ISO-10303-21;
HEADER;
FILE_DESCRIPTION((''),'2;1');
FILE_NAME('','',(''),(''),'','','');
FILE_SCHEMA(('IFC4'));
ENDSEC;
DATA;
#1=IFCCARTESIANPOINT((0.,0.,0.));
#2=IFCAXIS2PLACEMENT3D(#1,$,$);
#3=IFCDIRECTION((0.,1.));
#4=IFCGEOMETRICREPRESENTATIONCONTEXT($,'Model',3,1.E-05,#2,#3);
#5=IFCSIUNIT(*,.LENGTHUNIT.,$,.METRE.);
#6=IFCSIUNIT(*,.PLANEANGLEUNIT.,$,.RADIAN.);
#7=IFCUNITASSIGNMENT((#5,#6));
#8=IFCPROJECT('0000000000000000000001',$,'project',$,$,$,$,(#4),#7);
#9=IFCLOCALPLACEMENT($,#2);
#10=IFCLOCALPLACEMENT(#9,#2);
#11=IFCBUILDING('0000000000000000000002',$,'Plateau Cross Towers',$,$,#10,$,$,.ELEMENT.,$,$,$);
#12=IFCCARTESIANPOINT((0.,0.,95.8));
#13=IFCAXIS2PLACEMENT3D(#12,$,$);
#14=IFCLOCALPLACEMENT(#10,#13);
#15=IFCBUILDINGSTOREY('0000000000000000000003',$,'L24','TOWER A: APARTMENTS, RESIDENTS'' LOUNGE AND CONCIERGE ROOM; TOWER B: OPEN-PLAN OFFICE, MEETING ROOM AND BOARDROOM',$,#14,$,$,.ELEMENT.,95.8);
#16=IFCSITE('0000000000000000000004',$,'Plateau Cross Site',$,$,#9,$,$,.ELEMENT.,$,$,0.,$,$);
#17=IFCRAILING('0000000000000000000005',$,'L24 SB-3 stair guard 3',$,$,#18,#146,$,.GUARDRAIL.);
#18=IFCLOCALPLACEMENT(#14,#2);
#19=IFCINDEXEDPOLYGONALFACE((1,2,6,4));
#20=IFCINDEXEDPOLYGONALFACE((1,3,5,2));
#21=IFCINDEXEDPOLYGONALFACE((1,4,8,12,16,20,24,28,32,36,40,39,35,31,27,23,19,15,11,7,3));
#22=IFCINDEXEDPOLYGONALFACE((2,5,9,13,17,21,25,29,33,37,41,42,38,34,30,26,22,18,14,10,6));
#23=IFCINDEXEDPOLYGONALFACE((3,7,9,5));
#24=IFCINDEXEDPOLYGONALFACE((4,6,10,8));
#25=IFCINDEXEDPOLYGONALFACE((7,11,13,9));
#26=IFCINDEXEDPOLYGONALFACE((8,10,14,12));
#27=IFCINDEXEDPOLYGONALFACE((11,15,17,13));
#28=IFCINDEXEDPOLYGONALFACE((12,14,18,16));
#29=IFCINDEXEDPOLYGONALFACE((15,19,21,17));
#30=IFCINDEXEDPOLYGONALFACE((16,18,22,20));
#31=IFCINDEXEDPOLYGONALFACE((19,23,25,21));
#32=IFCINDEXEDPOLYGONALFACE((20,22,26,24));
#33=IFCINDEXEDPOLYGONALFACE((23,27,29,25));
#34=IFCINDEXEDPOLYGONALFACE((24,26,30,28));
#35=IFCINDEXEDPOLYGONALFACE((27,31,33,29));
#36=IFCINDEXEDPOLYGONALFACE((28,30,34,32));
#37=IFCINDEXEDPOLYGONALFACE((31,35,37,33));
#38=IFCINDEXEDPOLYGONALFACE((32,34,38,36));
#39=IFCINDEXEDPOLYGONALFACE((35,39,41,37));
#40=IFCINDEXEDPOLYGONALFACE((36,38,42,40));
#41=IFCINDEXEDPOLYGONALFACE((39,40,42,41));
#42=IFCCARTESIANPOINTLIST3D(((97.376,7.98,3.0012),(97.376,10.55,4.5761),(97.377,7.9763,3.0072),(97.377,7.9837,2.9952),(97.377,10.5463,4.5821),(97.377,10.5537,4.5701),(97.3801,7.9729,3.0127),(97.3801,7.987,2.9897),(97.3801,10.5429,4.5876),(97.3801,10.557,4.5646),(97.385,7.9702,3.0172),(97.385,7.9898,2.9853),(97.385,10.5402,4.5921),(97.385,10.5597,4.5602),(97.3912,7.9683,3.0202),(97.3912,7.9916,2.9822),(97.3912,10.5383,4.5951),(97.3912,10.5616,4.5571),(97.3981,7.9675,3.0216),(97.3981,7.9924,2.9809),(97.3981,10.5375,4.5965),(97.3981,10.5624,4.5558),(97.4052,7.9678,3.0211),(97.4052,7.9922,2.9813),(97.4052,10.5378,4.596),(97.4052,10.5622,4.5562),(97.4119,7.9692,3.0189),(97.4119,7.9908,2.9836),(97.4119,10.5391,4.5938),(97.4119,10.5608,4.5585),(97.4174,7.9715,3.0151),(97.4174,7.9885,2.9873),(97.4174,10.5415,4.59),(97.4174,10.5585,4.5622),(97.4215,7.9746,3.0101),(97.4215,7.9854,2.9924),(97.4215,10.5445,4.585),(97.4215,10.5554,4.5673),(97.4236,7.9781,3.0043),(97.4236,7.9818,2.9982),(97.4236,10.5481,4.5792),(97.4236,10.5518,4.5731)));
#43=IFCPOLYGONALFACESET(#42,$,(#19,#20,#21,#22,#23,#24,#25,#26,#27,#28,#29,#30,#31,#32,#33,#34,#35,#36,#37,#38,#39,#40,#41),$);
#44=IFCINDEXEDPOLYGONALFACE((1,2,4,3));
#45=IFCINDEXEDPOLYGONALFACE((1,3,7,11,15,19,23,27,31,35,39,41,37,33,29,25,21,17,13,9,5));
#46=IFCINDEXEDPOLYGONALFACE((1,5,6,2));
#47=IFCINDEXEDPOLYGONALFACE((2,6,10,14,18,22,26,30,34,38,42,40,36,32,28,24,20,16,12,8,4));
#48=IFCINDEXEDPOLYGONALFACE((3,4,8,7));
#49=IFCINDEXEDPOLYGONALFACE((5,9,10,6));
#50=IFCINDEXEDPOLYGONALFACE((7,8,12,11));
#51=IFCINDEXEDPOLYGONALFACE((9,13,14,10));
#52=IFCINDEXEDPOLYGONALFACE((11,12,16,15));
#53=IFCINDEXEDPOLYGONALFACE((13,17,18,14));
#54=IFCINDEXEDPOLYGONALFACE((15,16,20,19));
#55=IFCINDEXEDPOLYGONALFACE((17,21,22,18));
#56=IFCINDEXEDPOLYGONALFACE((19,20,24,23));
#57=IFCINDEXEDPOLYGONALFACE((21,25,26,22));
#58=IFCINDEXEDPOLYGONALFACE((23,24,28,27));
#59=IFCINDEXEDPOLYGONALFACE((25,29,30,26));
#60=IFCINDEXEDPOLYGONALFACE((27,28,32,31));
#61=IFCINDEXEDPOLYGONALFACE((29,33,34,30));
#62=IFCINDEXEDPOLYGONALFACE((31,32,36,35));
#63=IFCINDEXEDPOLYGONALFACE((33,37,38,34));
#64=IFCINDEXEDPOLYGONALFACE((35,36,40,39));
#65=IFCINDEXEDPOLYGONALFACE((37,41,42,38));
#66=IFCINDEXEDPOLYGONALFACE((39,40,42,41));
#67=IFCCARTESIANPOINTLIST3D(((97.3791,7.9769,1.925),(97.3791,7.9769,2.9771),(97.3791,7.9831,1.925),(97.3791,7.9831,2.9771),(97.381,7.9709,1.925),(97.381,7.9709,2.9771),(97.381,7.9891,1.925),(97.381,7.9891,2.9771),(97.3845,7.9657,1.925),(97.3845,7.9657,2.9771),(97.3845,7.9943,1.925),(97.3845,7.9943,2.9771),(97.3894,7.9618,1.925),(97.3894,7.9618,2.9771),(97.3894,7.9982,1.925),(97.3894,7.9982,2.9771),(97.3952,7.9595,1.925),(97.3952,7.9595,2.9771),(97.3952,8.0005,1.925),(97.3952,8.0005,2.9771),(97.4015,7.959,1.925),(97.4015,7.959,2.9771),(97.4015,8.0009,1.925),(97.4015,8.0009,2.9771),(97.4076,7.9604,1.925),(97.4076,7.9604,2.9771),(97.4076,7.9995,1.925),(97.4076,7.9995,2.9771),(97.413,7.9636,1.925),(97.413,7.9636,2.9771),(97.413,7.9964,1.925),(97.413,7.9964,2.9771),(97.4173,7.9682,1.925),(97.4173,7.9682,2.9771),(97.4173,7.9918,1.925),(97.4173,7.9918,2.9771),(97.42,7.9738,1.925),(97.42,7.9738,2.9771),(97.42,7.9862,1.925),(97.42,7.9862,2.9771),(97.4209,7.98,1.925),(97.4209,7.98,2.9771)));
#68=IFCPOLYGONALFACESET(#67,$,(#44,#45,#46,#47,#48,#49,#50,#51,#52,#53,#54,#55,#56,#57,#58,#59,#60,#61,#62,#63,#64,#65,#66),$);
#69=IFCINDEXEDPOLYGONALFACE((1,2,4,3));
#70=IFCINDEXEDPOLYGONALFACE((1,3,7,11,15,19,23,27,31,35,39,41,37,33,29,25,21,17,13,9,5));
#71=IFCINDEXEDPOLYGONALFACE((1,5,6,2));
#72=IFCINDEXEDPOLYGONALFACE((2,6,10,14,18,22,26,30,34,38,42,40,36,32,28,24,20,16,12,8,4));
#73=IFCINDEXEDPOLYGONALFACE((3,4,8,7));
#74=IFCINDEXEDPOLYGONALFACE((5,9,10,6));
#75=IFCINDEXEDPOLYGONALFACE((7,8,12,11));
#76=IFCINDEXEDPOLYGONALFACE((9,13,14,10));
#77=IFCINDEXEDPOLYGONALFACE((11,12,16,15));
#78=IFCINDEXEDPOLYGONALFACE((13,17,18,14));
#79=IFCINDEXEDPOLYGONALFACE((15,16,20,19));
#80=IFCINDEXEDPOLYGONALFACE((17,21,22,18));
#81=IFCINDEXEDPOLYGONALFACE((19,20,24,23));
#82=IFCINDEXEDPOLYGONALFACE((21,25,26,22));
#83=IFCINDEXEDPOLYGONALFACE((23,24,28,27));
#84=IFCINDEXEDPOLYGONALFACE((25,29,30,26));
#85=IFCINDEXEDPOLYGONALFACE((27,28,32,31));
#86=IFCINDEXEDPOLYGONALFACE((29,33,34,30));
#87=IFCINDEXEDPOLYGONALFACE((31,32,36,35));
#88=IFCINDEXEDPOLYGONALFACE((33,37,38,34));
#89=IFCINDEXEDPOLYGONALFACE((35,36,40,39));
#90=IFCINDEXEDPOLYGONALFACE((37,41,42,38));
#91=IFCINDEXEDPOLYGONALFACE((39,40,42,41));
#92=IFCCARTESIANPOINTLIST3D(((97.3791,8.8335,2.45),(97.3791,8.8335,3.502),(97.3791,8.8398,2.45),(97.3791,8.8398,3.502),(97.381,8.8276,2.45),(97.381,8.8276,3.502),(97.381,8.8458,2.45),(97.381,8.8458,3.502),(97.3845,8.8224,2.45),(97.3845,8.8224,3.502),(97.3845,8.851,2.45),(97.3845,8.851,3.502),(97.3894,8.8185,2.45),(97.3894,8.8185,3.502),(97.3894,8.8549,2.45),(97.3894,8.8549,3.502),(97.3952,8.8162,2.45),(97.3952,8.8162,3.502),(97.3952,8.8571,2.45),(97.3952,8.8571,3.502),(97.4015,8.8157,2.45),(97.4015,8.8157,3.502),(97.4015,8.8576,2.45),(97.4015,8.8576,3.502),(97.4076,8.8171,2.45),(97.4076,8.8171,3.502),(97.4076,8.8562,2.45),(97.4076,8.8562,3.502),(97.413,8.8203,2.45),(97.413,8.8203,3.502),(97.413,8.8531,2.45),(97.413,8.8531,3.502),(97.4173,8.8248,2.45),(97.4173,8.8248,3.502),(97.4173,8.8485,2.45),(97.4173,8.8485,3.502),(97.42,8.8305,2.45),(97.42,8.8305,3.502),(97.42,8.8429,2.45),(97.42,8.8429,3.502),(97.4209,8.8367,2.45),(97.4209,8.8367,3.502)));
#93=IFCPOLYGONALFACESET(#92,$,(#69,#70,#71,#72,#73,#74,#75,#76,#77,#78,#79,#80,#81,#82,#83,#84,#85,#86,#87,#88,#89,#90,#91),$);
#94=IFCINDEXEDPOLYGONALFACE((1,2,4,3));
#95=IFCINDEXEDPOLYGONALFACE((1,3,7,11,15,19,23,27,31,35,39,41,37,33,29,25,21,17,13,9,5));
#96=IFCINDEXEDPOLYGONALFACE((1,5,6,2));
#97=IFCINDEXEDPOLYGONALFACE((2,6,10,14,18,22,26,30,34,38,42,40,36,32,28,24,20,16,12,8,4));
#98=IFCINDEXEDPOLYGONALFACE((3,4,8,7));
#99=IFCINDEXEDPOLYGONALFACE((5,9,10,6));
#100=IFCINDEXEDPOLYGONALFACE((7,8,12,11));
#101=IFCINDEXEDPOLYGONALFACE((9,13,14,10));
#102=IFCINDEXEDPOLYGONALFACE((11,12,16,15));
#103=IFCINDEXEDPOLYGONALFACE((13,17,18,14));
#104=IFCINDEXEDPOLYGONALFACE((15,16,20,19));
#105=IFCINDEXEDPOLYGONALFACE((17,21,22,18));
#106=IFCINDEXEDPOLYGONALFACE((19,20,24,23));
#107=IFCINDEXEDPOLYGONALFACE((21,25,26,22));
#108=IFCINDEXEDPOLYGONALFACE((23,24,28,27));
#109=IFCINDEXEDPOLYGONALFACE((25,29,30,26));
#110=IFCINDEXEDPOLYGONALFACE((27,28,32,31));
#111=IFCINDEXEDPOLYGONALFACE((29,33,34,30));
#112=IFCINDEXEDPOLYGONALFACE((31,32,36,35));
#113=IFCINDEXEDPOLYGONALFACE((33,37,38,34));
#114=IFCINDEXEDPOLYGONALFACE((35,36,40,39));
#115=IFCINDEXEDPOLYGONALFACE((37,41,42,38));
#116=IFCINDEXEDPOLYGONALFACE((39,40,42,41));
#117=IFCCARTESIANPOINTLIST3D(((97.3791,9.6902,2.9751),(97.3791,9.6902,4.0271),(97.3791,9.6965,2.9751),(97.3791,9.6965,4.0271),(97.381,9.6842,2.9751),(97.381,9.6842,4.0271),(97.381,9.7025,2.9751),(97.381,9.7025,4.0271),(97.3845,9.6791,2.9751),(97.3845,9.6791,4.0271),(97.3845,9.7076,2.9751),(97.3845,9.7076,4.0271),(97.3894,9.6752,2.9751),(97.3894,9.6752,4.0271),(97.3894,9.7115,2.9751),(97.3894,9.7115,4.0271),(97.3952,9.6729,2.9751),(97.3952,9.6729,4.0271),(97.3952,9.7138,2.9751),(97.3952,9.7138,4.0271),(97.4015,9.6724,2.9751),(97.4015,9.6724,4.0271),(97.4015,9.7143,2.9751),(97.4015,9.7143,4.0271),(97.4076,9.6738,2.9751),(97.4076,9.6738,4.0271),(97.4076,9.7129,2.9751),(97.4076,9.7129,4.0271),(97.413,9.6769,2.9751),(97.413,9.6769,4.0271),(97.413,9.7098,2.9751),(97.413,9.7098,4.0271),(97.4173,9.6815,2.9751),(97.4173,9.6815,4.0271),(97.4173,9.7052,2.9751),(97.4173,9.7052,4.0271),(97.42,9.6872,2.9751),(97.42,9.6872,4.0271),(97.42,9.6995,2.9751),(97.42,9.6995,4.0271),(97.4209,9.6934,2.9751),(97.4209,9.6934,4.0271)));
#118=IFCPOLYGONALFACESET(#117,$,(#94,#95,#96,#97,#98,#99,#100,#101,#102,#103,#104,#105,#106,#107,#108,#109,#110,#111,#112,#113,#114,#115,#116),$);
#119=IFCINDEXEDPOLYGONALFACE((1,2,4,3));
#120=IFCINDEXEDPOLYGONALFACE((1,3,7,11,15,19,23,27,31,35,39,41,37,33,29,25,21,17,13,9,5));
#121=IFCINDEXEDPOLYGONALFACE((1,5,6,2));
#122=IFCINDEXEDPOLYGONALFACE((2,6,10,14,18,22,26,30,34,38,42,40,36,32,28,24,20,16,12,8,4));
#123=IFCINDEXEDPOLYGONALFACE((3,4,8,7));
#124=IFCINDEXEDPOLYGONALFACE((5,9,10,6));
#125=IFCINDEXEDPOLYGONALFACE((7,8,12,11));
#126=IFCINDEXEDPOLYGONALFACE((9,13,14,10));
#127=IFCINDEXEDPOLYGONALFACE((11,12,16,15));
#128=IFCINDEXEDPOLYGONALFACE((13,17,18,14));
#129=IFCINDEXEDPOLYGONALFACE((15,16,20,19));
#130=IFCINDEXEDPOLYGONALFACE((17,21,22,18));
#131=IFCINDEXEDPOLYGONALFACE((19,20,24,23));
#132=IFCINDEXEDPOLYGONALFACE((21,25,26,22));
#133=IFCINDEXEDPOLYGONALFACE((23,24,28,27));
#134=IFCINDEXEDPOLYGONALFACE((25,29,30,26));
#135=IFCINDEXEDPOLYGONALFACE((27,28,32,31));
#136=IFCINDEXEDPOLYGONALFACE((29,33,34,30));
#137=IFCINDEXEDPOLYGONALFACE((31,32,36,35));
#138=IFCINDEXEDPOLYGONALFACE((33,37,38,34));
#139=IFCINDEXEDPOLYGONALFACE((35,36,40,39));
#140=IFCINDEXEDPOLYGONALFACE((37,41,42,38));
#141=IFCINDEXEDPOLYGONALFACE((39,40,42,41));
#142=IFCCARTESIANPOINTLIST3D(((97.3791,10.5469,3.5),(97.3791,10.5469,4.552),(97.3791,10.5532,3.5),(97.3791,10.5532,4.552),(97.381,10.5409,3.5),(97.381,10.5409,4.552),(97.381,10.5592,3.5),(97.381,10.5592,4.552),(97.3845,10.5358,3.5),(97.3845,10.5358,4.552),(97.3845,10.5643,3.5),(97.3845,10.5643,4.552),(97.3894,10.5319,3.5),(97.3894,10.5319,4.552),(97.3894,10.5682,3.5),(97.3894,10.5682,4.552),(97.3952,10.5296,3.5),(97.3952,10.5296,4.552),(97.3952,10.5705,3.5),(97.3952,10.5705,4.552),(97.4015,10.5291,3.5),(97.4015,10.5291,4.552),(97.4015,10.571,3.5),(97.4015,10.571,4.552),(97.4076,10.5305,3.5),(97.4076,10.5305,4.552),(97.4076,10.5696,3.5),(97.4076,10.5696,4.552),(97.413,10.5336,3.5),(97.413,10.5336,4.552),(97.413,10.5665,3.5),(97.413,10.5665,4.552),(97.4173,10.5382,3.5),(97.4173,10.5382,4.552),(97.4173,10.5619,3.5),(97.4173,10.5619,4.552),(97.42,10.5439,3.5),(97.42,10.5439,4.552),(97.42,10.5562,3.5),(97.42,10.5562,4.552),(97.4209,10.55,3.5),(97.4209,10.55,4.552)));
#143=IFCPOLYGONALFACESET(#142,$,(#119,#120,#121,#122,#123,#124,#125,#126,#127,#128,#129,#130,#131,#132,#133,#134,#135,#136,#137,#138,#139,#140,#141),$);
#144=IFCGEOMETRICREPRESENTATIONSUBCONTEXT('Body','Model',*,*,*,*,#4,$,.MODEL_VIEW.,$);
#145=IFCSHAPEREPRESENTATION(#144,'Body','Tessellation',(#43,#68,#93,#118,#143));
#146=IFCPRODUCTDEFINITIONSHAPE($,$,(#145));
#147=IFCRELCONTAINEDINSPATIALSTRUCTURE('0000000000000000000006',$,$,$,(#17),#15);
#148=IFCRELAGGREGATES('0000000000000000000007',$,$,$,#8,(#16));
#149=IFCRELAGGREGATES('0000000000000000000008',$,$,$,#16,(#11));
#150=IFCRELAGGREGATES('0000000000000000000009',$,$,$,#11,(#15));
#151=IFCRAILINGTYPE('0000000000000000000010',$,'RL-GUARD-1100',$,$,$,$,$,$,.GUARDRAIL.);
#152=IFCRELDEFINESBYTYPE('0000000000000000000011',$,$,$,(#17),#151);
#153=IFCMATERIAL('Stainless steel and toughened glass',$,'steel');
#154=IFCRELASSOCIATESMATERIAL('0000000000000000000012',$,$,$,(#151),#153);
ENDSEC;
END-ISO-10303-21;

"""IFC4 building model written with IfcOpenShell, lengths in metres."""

from ifc_helpers import new_model, si_unit, direction, frame, origin, origin_2d, place, context, subcontext, project, spatial, circle, extrude, material, type_object, element, save


model = new_model("IFC4")

# Units and contexts
model_context = context("Model", 3, precision=1e-05, world=origin(), true_north=direction((0.0, 1.0)))
body_context = subcontext(model_context, "Body", "Model", "MODEL_VIEW")
ifc_project = project(units=[si_unit("LENGTHUNIT", "METRE"), si_unit("PLANEANGLEUNIT", "RADIAN")], contexts=[model_context])

# Site, building, storey
site_placement = place(None, origin())
site = spatial("IfcSite", under=ifc_project, at=site_placement, Name="Plateau Cross Site", CompositionType="ELEMENT", RefElevation=0.0)
building_placement = place(site_placement, origin())
building = spatial("IfcBuilding", under=site, at=building_placement, Name="Plateau Cross Towers", CompositionType="ELEMENT")
storey_placement = place(building_placement, frame((0.0, 0.0, 95.8)))
storey = spatial("IfcBuildingStorey", under=building, at=storey_placement, Name="L24", Description="TOWER A: APARTMENTS, RESIDENTS' LOUNGE AND CONCIERGE ROOM; TOWER B: OPEN-PLAN OFFICE, MEETING ROOM AND BOARDROOM", CompositionType="ELEMENT", Elevation=95.8)

# Railing
ifc_material_1 = material(Name="Stainless steel and toughened glass", Category="steel")
railing_type_1 = type_object("IfcRailingType", Name="RL-GUARD-1100", PredefinedType="GUARDRAIL", material=ifc_material_1)
railing_1_placement = place(storey_placement, frame((97.3999, 7.98, 1.925)))
element("IfcRailing", 1, at=railing_1_placement, inside=storey, type_object=railing_type_1, Name="L24 SB-3 stair guard 3", PredefinedType="GUARDRAIL", context=body_context, shape_type="SweptSolid", body=[
    extrude(circle(Radius=0.0239, at=origin_2d()), frame((0.0, 0.0, 1.0762), z_axis=(0.0, 0.852639, 0.522501), x_axis=(-1.0, 0.0, 0.0)), (0.0, 0.0, 1.0), 3.0142),
    extrude(circle(Radius=0.021, at=origin_2d()), origin(), (0.0, 0.0, 1.0), 1.052),
    extrude(circle(Radius=0.021, at=origin_2d()), frame((0.0, 0.8567, 0.5249)), (0.0, 0.0, 1.0), 1.052),
    extrude(circle(Radius=0.021, at=origin_2d()), frame((0.0, 1.7134, 1.05)), (0.0, 0.0, 1.0), 1.052),
    extrude(circle(Radius=0.021, at=origin_2d()), frame((0.0, 2.5701, 1.575)), (0.0, 0.0, 1.0), 1.052),
])

save(model, "model.ifc")
